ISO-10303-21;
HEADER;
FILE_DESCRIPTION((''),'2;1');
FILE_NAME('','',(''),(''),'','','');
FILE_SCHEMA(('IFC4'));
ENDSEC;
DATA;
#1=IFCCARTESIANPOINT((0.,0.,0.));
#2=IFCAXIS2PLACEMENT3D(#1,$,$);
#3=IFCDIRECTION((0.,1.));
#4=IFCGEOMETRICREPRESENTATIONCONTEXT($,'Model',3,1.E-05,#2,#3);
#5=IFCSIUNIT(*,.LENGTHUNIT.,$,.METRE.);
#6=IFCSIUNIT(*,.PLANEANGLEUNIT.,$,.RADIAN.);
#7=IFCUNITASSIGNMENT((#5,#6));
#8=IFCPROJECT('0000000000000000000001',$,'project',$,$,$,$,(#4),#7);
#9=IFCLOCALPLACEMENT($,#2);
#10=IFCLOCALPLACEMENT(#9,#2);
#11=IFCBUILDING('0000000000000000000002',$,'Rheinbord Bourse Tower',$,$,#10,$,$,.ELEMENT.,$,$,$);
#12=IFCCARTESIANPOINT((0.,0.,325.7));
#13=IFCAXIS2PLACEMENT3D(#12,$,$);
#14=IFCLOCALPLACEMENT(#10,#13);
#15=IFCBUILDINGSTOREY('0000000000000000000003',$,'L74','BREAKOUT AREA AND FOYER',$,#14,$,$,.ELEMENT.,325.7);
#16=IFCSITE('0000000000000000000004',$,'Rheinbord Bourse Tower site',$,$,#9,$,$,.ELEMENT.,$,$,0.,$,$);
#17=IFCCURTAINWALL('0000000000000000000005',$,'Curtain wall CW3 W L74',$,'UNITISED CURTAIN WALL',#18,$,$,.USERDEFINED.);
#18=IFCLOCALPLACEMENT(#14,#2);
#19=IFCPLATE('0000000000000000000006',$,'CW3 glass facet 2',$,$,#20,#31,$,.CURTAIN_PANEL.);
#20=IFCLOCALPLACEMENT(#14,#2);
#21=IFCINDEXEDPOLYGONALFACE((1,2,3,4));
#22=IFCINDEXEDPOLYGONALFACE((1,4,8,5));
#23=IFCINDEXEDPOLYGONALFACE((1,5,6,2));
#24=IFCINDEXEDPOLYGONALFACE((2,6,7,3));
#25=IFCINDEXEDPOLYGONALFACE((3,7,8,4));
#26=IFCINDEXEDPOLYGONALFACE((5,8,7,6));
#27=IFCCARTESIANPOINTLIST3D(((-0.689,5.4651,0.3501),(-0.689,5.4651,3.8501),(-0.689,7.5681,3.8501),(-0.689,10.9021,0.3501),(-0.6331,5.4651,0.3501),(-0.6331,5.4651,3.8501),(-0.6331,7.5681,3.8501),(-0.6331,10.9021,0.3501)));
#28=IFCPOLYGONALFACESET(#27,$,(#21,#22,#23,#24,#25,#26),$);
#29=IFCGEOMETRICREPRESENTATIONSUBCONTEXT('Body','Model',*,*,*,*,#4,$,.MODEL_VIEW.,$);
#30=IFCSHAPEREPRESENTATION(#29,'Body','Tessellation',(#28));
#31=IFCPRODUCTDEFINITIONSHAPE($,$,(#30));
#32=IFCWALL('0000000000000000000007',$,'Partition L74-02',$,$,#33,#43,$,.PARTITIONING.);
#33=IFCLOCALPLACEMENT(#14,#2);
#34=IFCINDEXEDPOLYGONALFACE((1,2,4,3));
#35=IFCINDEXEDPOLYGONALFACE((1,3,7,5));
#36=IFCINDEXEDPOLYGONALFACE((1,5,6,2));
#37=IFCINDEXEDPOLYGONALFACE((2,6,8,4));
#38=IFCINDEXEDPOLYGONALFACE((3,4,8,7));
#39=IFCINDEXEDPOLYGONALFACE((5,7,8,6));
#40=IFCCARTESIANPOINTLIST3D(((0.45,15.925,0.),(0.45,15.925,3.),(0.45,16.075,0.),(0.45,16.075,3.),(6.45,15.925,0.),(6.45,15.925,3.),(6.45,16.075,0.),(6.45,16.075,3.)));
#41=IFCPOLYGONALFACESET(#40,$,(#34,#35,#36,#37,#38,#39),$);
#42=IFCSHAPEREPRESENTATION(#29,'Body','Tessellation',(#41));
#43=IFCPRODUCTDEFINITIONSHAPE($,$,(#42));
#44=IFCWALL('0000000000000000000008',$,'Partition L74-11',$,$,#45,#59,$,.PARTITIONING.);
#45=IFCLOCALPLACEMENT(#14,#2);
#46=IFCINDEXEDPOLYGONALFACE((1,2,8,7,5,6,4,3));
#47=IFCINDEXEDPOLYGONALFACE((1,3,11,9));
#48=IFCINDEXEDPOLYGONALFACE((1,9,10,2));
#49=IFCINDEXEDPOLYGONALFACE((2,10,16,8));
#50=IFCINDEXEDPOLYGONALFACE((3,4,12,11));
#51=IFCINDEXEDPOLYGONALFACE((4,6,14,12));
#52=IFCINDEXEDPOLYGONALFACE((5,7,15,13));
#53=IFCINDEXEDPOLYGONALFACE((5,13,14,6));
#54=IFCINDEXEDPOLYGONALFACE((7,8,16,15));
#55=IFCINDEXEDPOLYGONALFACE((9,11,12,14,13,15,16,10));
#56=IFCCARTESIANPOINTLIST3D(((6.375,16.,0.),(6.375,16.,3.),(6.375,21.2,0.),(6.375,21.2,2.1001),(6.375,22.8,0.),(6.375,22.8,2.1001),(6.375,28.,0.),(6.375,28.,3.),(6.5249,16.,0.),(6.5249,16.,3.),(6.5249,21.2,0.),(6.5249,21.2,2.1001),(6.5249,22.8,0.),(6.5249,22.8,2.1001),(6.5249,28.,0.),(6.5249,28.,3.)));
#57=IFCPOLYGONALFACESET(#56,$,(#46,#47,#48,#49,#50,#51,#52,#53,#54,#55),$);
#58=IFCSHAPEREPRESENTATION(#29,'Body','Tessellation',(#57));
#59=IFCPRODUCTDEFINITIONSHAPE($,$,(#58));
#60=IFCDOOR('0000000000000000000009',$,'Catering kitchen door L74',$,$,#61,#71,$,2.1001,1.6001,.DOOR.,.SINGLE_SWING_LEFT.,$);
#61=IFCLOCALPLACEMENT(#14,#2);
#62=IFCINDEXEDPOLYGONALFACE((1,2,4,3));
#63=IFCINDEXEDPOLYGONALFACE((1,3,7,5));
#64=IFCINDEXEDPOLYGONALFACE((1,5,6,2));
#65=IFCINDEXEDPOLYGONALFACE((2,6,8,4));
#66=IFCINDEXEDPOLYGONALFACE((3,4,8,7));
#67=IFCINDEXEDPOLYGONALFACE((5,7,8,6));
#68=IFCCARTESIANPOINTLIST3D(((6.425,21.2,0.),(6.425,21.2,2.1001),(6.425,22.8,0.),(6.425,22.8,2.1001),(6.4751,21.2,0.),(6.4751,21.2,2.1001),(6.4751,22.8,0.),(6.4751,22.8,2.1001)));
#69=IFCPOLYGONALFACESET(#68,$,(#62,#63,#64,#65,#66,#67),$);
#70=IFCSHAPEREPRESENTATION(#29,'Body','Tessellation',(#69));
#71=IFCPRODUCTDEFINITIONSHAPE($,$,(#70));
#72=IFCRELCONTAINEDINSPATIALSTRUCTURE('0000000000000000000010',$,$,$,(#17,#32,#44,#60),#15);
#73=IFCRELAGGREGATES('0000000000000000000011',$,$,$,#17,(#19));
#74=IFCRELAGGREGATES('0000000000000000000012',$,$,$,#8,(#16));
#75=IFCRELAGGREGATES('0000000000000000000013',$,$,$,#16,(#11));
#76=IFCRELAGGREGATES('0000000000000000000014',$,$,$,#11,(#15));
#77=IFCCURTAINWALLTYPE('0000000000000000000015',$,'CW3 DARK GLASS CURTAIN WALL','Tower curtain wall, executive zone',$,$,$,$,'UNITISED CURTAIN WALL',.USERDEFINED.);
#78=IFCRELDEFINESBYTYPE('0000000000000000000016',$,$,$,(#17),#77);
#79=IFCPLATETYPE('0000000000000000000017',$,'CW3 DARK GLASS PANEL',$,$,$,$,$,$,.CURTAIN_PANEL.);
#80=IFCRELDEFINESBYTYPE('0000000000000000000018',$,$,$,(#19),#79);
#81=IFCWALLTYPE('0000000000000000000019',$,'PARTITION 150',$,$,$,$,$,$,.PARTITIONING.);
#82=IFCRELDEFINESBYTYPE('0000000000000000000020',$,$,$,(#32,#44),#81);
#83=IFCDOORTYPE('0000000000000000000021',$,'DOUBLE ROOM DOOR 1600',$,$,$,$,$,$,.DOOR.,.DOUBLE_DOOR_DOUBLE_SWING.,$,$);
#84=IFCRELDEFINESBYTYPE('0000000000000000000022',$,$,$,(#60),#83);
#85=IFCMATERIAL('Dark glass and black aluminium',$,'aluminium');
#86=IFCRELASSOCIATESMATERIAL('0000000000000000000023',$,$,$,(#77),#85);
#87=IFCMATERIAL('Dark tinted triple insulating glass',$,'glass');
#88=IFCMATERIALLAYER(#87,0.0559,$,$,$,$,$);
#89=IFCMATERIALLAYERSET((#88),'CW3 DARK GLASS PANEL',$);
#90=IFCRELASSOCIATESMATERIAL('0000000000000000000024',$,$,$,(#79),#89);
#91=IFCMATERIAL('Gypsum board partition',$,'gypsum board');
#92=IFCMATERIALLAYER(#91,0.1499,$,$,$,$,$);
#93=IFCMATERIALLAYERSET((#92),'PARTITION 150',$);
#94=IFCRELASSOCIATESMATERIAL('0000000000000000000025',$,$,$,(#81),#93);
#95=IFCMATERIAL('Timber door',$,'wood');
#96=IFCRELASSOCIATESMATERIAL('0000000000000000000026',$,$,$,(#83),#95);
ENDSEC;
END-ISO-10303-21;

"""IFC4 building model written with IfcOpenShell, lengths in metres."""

from ifc_helpers import new_model, si_unit, direction, frame, frame_2d, origin, place, context, subcontext, project, spatial, polyline, rectangle, outline, extrude, material, layer, layer_set, type_object, element, fill, aggregate, save


model = new_model("IFC4")

# Units and contexts
model_context = context("Model", 3, precision=1e-05, world=origin(), true_north=direction((0.0, 1.0)))
body_context = subcontext(model_context, "Body", "Model", "MODEL_VIEW")
ifc_project = project(units=[si_unit("LENGTHUNIT", "METRE"), si_unit("PLANEANGLEUNIT", "RADIAN")], contexts=[model_context])

# Site, building, storey
site_placement = place(None, origin())
site = spatial("IfcSite", under=ifc_project, at=site_placement, Name="Rheinbord Bourse Tower site", CompositionType="ELEMENT", RefElevation=0.0)
building_placement = place(site_placement, origin())
building = spatial("IfcBuilding", under=site, at=building_placement, Name="Rheinbord Bourse Tower", CompositionType="ELEMENT")
storey_placement = place(building_placement, frame((0.0, 0.0, 325.7)))
storey = spatial("IfcBuildingStorey", under=building, at=storey_placement, Name="L74", Description="BREAKOUT AREA AND FOYER", CompositionType="ELEMENT", Elevation=325.7)

# Curtain wall
ifc_material_1 = material(Name="Dark glass and black aluminium", Category="aluminium")
curtain_wall_type = type_object("IfcCurtainWallType", Name="CW3 DARK GLASS CURTAIN WALL", Description="Tower curtain wall, executive zone", ElementType="UNITISED CURTAIN WALL", PredefinedType="USERDEFINED", material=ifc_material_1)
curtain_wall_placement = place(storey_placement, origin())
curtain_wall = element("IfcCurtainWall", 1, at=curtain_wall_placement, inside=storey, type_object=curtain_wall_type, Name="Curtain wall CW3 W L74", ObjectType="UNITISED CURTAIN WALL", PredefinedType="USERDEFINED")

# Plate
ifc_material_2 = material(Name="Dark tinted triple insulating glass", Category="glass")
ifc_layer_1 = layer(ifc_material_2, 0.0559)
ifc_layer_set_1 = layer_set([ifc_layer_1], Name="CW3 DARK GLASS PANEL")
plate_type = type_object("IfcPlateType", Name="CW3 DARK GLASS PANEL", PredefinedType="CURTAIN_PANEL", material=ifc_layer_set_1)
plate_1_placement = place(storey_placement, frame((-0.689, 5.4651, 3.8501), z_axis=(1.0, 0.0, 0.0), x_axis=(0.0, 0.0, -1.0)))
plate_1 = element("IfcPlate", 2, at=plate_1_placement, type_object=plate_type, Name="CW3 glass facet 2", PredefinedType="CURTAIN_PANEL", context=body_context, shape_type="SweptSolid", body=[
    extrude(outline(polyline([(0.0, 0.0), (3.5, 0.0), (3.5, 5.437), (0.0, 2.103), (0.0, 0.0)])), origin(), (0.0, 0.0, 1.0), 0.0559),
])
aggregate(curtain_wall, [plate_1])

# Wall
ifc_material_3 = material(Name="Gypsum board partition", Category="gypsum board")
ifc_layer_2 = layer(ifc_material_3, 0.1499)
ifc_layer_set_2 = layer_set([ifc_layer_2], Name="PARTITION 150")
wall_type = type_object("IfcWallType", Name="PARTITION 150", PredefinedType="PARTITIONING", material=ifc_layer_set_2)
wall_1_placement = place(storey_placement, frame((0.45, 16.0, 0.0), z_axis=(0.0, 0.0, 1.0), x_axis=(1.0, 0.0, 0.0)))
element("IfcWall", 3, at=wall_1_placement, inside=storey, type_object=wall_type, Name="Partition L74-02", PredefinedType="PARTITIONING", context=body_context, shape_type="SweptSolid", body=[
    extrude(rectangle(XDim=6.0, YDim=0.1499, at=frame_2d((3.0, 0.0))), origin(), (0.0, 0.0, 1.0), 3.0),
])

# Wall, opening, door
wall_2_placement = place(storey_placement, frame((6.45, 16.0, 0.0), z_axis=(0.0, 0.0, 1.0), x_axis=(0.0, 1.0, 0.0)))
wall_2 = element("IfcWall", 4, at=wall_2_placement, inside=storey, type_object=wall_type, Name="Partition L74-11", PredefinedType="PARTITIONING", context=body_context, shape_type="SweptSolid", body=[
    extrude(rectangle(XDim=12.0, YDim=0.1499, at=frame_2d((6.0, 0.0))), origin(), (0.0, 0.0, 1.0), 3.0),
])
opening_placement = place(wall_2_placement, frame((5.2, 0.0, 0.0)))
opening = element("IfcOpeningElement", 5, at=opening_placement, cuts=wall_2, PredefinedType="OPENING", context=body_context, shape_type="SweptSolid", body=[
    extrude(rectangle(XDim=1.6001, YDim=2.1001, at=frame_2d((0.8, 1.05))), frame((0.0, 0.085, 0.0), z_axis=(0.0, -1.0, 0.0), x_axis=(1.0, 0.0, 0.0)), (0.0, 0.0, 1.0), 0.1699),
])
ifc_material_4 = material(Name="Timber door", Category="wood")
door_type = type_object("IfcDoorType", Name="DOUBLE ROOM DOOR 1600", OperationType="DOUBLE_DOOR_DOUBLE_SWING", PredefinedType="DOOR", material=ifc_material_4)
door_placement = place(opening_placement, origin())
door = element("IfcDoor", 6, at=door_placement, inside=storey, type_object=door_type, Name="Catering kitchen door L74", OperationType="SINGLE_SWING_LEFT", OverallHeight=2.1001, OverallWidth=1.6001, PredefinedType="DOOR", context=body_context, shape_type="SweptSolid", body=[
    extrude(rectangle(XDim=1.6001, YDim=2.1001, at=frame_2d((0.8, 1.05))), frame((0.0, 0.0249, 0.0), z_axis=(0.0, -1.0, 0.0), x_axis=(1.0, 0.0, 0.0)), (0.0, 0.0, 1.0), 0.05),
])
fill(opening, door)

save(model, "model.ifc")
